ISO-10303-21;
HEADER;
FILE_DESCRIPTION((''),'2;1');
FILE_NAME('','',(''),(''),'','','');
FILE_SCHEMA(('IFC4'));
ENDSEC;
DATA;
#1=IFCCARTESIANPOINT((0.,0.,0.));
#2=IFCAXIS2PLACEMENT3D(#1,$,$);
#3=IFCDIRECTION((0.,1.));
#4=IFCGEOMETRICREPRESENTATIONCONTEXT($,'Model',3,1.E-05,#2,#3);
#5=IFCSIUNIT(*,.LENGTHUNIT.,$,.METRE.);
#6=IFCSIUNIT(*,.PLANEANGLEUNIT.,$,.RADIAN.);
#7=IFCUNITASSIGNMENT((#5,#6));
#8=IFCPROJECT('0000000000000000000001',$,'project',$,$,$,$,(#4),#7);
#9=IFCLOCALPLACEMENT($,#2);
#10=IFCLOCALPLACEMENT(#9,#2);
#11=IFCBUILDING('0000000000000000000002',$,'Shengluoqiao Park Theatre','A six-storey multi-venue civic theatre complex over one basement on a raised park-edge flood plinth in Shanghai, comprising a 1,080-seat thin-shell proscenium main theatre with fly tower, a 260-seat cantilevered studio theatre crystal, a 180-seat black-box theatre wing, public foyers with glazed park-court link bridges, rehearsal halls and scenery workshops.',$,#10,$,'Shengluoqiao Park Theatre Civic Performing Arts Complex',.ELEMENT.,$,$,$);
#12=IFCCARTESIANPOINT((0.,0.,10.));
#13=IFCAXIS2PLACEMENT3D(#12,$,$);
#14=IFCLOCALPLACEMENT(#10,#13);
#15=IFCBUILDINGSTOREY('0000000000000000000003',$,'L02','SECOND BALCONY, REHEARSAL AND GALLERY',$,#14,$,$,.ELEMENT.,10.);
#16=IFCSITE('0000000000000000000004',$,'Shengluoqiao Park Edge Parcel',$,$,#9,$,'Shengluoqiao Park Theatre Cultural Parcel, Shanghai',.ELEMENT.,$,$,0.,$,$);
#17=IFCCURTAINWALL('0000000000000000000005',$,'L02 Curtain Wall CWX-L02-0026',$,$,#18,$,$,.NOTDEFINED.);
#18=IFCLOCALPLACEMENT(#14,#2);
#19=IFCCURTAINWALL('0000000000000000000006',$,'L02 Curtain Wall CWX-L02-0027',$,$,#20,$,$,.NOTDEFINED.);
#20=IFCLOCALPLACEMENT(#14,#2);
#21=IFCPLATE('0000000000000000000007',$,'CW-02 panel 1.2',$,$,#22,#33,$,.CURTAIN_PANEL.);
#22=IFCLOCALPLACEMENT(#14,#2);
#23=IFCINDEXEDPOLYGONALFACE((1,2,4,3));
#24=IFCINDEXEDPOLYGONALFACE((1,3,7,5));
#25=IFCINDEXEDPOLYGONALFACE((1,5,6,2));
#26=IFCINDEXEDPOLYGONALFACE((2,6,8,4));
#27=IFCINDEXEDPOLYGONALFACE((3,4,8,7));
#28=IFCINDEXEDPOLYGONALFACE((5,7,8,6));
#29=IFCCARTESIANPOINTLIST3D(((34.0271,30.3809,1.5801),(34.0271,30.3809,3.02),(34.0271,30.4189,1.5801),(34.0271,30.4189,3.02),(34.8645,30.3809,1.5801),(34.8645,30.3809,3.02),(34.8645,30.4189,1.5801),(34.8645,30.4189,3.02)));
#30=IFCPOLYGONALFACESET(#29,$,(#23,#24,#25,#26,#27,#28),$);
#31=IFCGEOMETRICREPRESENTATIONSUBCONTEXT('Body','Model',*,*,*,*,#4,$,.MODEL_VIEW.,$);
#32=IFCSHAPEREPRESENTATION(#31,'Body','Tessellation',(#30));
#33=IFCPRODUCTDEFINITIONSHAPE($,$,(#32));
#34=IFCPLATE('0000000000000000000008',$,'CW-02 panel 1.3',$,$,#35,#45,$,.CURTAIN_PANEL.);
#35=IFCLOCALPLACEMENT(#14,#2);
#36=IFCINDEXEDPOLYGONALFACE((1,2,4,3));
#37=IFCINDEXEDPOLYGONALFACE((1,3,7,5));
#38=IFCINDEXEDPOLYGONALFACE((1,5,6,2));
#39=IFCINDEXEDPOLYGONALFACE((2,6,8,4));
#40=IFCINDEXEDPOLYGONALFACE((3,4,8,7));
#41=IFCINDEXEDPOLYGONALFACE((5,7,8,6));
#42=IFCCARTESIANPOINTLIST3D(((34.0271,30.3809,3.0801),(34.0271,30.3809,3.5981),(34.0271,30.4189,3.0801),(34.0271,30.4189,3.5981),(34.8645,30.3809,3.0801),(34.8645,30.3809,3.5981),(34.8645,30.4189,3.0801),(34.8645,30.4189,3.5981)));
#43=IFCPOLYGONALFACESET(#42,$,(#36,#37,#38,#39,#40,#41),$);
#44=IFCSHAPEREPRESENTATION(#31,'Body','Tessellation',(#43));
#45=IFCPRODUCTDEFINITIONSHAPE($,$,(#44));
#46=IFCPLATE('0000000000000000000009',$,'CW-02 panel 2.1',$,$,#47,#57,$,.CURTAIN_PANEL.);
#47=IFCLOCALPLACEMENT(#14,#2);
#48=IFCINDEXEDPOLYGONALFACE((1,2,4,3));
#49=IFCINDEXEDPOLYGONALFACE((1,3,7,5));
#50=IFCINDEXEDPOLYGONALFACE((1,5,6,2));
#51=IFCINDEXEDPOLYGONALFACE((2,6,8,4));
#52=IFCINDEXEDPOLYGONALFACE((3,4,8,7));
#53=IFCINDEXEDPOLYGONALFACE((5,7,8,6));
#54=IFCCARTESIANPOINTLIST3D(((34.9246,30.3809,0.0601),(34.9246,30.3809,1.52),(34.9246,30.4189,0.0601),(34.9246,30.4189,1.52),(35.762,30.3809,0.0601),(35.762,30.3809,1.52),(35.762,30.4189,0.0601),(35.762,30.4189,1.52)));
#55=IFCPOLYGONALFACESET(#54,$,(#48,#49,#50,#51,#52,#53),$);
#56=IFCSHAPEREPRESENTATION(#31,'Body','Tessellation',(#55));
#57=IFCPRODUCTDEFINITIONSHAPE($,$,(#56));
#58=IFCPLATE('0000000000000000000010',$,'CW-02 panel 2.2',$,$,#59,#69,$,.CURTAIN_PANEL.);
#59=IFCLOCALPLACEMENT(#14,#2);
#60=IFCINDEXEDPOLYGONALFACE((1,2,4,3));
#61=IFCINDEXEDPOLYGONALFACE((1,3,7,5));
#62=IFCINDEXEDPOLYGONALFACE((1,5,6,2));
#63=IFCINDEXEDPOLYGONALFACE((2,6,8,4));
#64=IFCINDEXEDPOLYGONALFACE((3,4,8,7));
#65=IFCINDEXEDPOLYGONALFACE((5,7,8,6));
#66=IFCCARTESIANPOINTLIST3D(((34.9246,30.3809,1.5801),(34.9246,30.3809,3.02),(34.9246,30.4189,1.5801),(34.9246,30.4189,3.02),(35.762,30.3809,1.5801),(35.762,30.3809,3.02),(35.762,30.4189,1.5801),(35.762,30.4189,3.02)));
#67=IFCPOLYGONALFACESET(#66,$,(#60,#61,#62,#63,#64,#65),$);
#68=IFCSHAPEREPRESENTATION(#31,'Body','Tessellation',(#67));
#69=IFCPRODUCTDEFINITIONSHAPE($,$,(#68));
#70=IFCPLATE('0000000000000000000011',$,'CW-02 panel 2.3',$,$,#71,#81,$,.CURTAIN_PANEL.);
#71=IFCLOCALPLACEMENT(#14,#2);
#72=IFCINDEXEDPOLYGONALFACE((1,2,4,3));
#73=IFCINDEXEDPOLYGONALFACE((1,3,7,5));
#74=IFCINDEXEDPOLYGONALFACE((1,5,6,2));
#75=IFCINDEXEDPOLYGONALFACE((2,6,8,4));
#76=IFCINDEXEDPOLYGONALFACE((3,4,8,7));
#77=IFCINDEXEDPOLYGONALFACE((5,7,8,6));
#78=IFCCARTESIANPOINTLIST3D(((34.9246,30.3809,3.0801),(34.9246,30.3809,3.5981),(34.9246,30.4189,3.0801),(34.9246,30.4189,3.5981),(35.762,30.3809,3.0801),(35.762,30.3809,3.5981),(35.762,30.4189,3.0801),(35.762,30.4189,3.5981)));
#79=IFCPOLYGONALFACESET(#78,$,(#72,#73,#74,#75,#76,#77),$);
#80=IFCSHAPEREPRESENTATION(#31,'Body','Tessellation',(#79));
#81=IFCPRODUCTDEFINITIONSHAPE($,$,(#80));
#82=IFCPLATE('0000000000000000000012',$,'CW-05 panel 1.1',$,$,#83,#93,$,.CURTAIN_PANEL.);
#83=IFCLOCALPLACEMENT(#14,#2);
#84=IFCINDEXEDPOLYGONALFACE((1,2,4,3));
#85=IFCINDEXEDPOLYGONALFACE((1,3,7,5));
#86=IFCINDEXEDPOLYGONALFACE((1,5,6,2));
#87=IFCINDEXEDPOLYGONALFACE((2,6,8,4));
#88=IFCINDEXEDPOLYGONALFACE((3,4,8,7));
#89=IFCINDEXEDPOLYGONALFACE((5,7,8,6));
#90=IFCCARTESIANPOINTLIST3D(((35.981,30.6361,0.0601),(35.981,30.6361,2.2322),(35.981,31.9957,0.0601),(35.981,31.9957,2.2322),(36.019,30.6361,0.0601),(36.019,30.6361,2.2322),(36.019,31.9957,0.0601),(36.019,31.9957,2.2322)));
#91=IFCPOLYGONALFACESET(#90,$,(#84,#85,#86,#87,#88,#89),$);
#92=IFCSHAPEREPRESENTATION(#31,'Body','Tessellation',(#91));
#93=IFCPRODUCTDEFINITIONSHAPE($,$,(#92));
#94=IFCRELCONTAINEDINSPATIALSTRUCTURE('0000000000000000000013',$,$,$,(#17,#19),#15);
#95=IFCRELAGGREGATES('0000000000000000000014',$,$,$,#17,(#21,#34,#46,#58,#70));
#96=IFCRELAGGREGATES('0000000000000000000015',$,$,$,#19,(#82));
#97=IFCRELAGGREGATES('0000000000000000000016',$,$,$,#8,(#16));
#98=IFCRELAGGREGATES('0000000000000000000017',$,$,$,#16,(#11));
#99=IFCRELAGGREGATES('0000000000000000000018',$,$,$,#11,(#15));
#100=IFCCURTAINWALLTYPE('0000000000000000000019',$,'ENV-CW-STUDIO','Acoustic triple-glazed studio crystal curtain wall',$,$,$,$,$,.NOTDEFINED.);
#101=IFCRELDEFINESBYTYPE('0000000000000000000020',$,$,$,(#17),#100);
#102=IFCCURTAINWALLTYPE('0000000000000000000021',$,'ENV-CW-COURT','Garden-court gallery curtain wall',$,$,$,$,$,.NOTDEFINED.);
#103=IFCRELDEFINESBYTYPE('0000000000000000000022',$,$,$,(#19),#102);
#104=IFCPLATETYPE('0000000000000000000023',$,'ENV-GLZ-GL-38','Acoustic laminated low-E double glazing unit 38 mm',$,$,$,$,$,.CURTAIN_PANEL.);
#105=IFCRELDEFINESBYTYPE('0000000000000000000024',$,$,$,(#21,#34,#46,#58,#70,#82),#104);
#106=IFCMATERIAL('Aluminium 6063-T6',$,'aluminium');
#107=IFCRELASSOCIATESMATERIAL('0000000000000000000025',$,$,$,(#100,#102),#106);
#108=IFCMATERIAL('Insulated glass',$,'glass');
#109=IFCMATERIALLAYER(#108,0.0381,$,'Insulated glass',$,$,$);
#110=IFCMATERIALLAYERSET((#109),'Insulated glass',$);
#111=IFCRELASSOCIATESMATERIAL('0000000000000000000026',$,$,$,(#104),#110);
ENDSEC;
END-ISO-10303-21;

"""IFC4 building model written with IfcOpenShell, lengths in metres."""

from ifc_helpers import new_model, si_unit, direction, frame, origin, origin_2d, place, context, subcontext, project, spatial, rectangle, extrude, material, layer, layer_set, type_object, element, aggregate, save


model = new_model("IFC4")

# Units and contexts
model_context = context("Model", 3, precision=1e-05, world=origin(), true_north=direction((0.0, 1.0)))
body_context = subcontext(model_context, "Body", "Model", "MODEL_VIEW")
ifc_project = project(units=[si_unit("LENGTHUNIT", "METRE"), si_unit("PLANEANGLEUNIT", "RADIAN")], contexts=[model_context])

# Site, building, storey
site_placement = place(None, origin())
site = spatial("IfcSite", under=ifc_project, at=site_placement, Name="Shengluoqiao Park Edge Parcel", LongName="Shengluoqiao Park Theatre Cultural Parcel, Shanghai", CompositionType="ELEMENT", RefElevation=0.0)
building_placement = place(site_placement, origin())
building = spatial("IfcBuilding", under=site, at=building_placement, Name="Shengluoqiao Park Theatre", Description="A six-storey multi-venue civic theatre complex over one basement on a raised park-edge flood plinth in Shanghai, comprising a 1,080-seat thin-shell proscenium main theatre with fly tower, a 260-seat cantilevered studio theatre crystal, a 180-seat black-box theatre wing, public foyers with glazed park-court link bridges, rehearsal halls and scenery workshops.", LongName="Shengluoqiao Park Theatre Civic Performing Arts Complex", CompositionType="ELEMENT")
storey_placement = place(building_placement, frame((0.0, 0.0, 10.0)))
storey = spatial("IfcBuildingStorey", under=building, at=storey_placement, Name="L02", Description="SECOND BALCONY, REHEARSAL AND GALLERY", CompositionType="ELEMENT", Elevation=10.0)

# Curtain wall
ifc_material_1 = material(Name="Aluminium 6063-T6", Category="aluminium")
curtain_wall_type_1 = type_object("IfcCurtainWallType", Name="ENV-CW-STUDIO", Description="Acoustic triple-glazed studio crystal curtain wall", PredefinedType="NOTDEFINED", material=ifc_material_1)
curtain_wall_1_placement = place(storey_placement, origin())
curtain_wall_1 = element("IfcCurtainWall", 1, at=curtain_wall_1_placement, inside=storey, type_object=curtain_wall_type_1, Name="L02 Curtain Wall CWX-L02-0026", PredefinedType="NOTDEFINED")

# Curtain wall
curtain_wall_type_2 = type_object("IfcCurtainWallType", Name="ENV-CW-COURT", Description="Garden-court gallery curtain wall", PredefinedType="NOTDEFINED", material=ifc_material_1)
curtain_wall_2_placement = place(storey_placement, origin())
curtain_wall_2 = element("IfcCurtainWall", 2, at=curtain_wall_2_placement, inside=storey, type_object=curtain_wall_type_2, Name="L02 Curtain Wall CWX-L02-0027", PredefinedType="NOTDEFINED")

# Plates
ifc_material_2 = material(Name="Insulated glass", Category="glass")
ifc_layer = layer(ifc_material_2, 0.0381, Name="Insulated glass")
ifc_layer_set = layer_set([ifc_layer], Name="Insulated glass")
plate_type = type_object("IfcPlateType", Name="ENV-GLZ-GL-38", Description="Acoustic laminated low-E double glazing unit 38 mm", PredefinedType="CURTAIN_PANEL", material=ifc_layer_set)
plate_1_placement = place(storey_placement, frame((34.4458, 30.3999, 1.5801), z_axis=(0.0, 0.0, 1.0), x_axis=(1.0, 0.0, 0.0)))
plate_1 = element("IfcPlate", 3, at=plate_1_placement, type_object=plate_type, Name="CW-02 panel 1.2", PredefinedType="CURTAIN_PANEL", context=body_context, shape_type="SweptSolid", body=[
    extrude(rectangle(XDim=0.8374, YDim=0.0381, at=origin_2d()), origin(), (0.0, 0.0, 1.0), 1.4399),
])
plate_2_placement = place(storey_placement, frame((34.4458, 30.3999, 3.0801), z_axis=(0.0, 0.0, 1.0), x_axis=(1.0, 0.0, 0.0)))
plate_2 = element("IfcPlate", 4, at=plate_2_placement, type_object=plate_type, Name="CW-02 panel 1.3", PredefinedType="CURTAIN_PANEL", context=body_context, shape_type="SweptSolid", body=[
    extrude(rectangle(XDim=0.8374, YDim=0.0381, at=origin_2d()), origin(), (0.0, 0.0, 1.0), 0.5181),
])
plate_3_placement = place(storey_placement, frame((35.3433, 30.3999, 0.0601), z_axis=(0.0, 0.0, 1.0), x_axis=(1.0, 0.0, 0.0)))
plate_3 = element("IfcPlate", 5, at=plate_3_placement, type_object=plate_type, Name="CW-02 panel 2.1", PredefinedType="CURTAIN_PANEL", context=body_context, shape_type="SweptSolid", body=[
    extrude(rectangle(XDim=0.8374, YDim=0.0381, at=origin_2d()), origin(), (0.0, 0.0, 1.0), 1.46),
])
plate_4_placement = place(storey_placement, frame((35.3433, 30.3999, 1.5801), z_axis=(0.0, 0.0, 1.0), x_axis=(1.0, 0.0, 0.0)))
plate_4 = element("IfcPlate", 6, at=plate_4_placement, type_object=plate_type, Name="CW-02 panel 2.2", PredefinedType="CURTAIN_PANEL", context=body_context, shape_type="SweptSolid", body=[
    extrude(rectangle(XDim=0.8374, YDim=0.0381, at=origin_2d()), origin(), (0.0, 0.0, 1.0), 1.4399),
])
plate_5_placement = place(storey_placement, frame((35.3433, 30.3999, 3.0801), z_axis=(0.0, 0.0, 1.0), x_axis=(1.0, 0.0, 0.0)))
plate_5 = element("IfcPlate", 7, at=plate_5_placement, type_object=plate_type, Name="CW-02 panel 2.3", PredefinedType="CURTAIN_PANEL", context=body_context, shape_type="SweptSolid", body=[
    extrude(rectangle(XDim=0.8374, YDim=0.0381, at=origin_2d()), origin(), (0.0, 0.0, 1.0), 0.5181),
])
aggregate(curtain_wall_1, [plate_1, plate_2, plate_3, plate_4, plate_5])
plate_6_placement = place(storey_placement, frame((36.0, 31.3159, 0.0601), z_axis=(0.0, 0.0, 1.0), x_axis=(0.0, 1.0, 0.0)))
plate_6 = element("IfcPlate", 8, at=plate_6_placement, type_object=plate_type, Name="CW-05 panel 1.1", PredefinedType="CURTAIN_PANEL", context=body_context, shape_type="SweptSolid", body=[
    extrude(rectangle(XDim=1.3596, YDim=0.0381, at=origin_2d()), origin(), (0.0, 0.0, 1.0), 2.1721),
])
aggregate(curtain_wall_2, [plate_6])

save(model, "model.ifc")
